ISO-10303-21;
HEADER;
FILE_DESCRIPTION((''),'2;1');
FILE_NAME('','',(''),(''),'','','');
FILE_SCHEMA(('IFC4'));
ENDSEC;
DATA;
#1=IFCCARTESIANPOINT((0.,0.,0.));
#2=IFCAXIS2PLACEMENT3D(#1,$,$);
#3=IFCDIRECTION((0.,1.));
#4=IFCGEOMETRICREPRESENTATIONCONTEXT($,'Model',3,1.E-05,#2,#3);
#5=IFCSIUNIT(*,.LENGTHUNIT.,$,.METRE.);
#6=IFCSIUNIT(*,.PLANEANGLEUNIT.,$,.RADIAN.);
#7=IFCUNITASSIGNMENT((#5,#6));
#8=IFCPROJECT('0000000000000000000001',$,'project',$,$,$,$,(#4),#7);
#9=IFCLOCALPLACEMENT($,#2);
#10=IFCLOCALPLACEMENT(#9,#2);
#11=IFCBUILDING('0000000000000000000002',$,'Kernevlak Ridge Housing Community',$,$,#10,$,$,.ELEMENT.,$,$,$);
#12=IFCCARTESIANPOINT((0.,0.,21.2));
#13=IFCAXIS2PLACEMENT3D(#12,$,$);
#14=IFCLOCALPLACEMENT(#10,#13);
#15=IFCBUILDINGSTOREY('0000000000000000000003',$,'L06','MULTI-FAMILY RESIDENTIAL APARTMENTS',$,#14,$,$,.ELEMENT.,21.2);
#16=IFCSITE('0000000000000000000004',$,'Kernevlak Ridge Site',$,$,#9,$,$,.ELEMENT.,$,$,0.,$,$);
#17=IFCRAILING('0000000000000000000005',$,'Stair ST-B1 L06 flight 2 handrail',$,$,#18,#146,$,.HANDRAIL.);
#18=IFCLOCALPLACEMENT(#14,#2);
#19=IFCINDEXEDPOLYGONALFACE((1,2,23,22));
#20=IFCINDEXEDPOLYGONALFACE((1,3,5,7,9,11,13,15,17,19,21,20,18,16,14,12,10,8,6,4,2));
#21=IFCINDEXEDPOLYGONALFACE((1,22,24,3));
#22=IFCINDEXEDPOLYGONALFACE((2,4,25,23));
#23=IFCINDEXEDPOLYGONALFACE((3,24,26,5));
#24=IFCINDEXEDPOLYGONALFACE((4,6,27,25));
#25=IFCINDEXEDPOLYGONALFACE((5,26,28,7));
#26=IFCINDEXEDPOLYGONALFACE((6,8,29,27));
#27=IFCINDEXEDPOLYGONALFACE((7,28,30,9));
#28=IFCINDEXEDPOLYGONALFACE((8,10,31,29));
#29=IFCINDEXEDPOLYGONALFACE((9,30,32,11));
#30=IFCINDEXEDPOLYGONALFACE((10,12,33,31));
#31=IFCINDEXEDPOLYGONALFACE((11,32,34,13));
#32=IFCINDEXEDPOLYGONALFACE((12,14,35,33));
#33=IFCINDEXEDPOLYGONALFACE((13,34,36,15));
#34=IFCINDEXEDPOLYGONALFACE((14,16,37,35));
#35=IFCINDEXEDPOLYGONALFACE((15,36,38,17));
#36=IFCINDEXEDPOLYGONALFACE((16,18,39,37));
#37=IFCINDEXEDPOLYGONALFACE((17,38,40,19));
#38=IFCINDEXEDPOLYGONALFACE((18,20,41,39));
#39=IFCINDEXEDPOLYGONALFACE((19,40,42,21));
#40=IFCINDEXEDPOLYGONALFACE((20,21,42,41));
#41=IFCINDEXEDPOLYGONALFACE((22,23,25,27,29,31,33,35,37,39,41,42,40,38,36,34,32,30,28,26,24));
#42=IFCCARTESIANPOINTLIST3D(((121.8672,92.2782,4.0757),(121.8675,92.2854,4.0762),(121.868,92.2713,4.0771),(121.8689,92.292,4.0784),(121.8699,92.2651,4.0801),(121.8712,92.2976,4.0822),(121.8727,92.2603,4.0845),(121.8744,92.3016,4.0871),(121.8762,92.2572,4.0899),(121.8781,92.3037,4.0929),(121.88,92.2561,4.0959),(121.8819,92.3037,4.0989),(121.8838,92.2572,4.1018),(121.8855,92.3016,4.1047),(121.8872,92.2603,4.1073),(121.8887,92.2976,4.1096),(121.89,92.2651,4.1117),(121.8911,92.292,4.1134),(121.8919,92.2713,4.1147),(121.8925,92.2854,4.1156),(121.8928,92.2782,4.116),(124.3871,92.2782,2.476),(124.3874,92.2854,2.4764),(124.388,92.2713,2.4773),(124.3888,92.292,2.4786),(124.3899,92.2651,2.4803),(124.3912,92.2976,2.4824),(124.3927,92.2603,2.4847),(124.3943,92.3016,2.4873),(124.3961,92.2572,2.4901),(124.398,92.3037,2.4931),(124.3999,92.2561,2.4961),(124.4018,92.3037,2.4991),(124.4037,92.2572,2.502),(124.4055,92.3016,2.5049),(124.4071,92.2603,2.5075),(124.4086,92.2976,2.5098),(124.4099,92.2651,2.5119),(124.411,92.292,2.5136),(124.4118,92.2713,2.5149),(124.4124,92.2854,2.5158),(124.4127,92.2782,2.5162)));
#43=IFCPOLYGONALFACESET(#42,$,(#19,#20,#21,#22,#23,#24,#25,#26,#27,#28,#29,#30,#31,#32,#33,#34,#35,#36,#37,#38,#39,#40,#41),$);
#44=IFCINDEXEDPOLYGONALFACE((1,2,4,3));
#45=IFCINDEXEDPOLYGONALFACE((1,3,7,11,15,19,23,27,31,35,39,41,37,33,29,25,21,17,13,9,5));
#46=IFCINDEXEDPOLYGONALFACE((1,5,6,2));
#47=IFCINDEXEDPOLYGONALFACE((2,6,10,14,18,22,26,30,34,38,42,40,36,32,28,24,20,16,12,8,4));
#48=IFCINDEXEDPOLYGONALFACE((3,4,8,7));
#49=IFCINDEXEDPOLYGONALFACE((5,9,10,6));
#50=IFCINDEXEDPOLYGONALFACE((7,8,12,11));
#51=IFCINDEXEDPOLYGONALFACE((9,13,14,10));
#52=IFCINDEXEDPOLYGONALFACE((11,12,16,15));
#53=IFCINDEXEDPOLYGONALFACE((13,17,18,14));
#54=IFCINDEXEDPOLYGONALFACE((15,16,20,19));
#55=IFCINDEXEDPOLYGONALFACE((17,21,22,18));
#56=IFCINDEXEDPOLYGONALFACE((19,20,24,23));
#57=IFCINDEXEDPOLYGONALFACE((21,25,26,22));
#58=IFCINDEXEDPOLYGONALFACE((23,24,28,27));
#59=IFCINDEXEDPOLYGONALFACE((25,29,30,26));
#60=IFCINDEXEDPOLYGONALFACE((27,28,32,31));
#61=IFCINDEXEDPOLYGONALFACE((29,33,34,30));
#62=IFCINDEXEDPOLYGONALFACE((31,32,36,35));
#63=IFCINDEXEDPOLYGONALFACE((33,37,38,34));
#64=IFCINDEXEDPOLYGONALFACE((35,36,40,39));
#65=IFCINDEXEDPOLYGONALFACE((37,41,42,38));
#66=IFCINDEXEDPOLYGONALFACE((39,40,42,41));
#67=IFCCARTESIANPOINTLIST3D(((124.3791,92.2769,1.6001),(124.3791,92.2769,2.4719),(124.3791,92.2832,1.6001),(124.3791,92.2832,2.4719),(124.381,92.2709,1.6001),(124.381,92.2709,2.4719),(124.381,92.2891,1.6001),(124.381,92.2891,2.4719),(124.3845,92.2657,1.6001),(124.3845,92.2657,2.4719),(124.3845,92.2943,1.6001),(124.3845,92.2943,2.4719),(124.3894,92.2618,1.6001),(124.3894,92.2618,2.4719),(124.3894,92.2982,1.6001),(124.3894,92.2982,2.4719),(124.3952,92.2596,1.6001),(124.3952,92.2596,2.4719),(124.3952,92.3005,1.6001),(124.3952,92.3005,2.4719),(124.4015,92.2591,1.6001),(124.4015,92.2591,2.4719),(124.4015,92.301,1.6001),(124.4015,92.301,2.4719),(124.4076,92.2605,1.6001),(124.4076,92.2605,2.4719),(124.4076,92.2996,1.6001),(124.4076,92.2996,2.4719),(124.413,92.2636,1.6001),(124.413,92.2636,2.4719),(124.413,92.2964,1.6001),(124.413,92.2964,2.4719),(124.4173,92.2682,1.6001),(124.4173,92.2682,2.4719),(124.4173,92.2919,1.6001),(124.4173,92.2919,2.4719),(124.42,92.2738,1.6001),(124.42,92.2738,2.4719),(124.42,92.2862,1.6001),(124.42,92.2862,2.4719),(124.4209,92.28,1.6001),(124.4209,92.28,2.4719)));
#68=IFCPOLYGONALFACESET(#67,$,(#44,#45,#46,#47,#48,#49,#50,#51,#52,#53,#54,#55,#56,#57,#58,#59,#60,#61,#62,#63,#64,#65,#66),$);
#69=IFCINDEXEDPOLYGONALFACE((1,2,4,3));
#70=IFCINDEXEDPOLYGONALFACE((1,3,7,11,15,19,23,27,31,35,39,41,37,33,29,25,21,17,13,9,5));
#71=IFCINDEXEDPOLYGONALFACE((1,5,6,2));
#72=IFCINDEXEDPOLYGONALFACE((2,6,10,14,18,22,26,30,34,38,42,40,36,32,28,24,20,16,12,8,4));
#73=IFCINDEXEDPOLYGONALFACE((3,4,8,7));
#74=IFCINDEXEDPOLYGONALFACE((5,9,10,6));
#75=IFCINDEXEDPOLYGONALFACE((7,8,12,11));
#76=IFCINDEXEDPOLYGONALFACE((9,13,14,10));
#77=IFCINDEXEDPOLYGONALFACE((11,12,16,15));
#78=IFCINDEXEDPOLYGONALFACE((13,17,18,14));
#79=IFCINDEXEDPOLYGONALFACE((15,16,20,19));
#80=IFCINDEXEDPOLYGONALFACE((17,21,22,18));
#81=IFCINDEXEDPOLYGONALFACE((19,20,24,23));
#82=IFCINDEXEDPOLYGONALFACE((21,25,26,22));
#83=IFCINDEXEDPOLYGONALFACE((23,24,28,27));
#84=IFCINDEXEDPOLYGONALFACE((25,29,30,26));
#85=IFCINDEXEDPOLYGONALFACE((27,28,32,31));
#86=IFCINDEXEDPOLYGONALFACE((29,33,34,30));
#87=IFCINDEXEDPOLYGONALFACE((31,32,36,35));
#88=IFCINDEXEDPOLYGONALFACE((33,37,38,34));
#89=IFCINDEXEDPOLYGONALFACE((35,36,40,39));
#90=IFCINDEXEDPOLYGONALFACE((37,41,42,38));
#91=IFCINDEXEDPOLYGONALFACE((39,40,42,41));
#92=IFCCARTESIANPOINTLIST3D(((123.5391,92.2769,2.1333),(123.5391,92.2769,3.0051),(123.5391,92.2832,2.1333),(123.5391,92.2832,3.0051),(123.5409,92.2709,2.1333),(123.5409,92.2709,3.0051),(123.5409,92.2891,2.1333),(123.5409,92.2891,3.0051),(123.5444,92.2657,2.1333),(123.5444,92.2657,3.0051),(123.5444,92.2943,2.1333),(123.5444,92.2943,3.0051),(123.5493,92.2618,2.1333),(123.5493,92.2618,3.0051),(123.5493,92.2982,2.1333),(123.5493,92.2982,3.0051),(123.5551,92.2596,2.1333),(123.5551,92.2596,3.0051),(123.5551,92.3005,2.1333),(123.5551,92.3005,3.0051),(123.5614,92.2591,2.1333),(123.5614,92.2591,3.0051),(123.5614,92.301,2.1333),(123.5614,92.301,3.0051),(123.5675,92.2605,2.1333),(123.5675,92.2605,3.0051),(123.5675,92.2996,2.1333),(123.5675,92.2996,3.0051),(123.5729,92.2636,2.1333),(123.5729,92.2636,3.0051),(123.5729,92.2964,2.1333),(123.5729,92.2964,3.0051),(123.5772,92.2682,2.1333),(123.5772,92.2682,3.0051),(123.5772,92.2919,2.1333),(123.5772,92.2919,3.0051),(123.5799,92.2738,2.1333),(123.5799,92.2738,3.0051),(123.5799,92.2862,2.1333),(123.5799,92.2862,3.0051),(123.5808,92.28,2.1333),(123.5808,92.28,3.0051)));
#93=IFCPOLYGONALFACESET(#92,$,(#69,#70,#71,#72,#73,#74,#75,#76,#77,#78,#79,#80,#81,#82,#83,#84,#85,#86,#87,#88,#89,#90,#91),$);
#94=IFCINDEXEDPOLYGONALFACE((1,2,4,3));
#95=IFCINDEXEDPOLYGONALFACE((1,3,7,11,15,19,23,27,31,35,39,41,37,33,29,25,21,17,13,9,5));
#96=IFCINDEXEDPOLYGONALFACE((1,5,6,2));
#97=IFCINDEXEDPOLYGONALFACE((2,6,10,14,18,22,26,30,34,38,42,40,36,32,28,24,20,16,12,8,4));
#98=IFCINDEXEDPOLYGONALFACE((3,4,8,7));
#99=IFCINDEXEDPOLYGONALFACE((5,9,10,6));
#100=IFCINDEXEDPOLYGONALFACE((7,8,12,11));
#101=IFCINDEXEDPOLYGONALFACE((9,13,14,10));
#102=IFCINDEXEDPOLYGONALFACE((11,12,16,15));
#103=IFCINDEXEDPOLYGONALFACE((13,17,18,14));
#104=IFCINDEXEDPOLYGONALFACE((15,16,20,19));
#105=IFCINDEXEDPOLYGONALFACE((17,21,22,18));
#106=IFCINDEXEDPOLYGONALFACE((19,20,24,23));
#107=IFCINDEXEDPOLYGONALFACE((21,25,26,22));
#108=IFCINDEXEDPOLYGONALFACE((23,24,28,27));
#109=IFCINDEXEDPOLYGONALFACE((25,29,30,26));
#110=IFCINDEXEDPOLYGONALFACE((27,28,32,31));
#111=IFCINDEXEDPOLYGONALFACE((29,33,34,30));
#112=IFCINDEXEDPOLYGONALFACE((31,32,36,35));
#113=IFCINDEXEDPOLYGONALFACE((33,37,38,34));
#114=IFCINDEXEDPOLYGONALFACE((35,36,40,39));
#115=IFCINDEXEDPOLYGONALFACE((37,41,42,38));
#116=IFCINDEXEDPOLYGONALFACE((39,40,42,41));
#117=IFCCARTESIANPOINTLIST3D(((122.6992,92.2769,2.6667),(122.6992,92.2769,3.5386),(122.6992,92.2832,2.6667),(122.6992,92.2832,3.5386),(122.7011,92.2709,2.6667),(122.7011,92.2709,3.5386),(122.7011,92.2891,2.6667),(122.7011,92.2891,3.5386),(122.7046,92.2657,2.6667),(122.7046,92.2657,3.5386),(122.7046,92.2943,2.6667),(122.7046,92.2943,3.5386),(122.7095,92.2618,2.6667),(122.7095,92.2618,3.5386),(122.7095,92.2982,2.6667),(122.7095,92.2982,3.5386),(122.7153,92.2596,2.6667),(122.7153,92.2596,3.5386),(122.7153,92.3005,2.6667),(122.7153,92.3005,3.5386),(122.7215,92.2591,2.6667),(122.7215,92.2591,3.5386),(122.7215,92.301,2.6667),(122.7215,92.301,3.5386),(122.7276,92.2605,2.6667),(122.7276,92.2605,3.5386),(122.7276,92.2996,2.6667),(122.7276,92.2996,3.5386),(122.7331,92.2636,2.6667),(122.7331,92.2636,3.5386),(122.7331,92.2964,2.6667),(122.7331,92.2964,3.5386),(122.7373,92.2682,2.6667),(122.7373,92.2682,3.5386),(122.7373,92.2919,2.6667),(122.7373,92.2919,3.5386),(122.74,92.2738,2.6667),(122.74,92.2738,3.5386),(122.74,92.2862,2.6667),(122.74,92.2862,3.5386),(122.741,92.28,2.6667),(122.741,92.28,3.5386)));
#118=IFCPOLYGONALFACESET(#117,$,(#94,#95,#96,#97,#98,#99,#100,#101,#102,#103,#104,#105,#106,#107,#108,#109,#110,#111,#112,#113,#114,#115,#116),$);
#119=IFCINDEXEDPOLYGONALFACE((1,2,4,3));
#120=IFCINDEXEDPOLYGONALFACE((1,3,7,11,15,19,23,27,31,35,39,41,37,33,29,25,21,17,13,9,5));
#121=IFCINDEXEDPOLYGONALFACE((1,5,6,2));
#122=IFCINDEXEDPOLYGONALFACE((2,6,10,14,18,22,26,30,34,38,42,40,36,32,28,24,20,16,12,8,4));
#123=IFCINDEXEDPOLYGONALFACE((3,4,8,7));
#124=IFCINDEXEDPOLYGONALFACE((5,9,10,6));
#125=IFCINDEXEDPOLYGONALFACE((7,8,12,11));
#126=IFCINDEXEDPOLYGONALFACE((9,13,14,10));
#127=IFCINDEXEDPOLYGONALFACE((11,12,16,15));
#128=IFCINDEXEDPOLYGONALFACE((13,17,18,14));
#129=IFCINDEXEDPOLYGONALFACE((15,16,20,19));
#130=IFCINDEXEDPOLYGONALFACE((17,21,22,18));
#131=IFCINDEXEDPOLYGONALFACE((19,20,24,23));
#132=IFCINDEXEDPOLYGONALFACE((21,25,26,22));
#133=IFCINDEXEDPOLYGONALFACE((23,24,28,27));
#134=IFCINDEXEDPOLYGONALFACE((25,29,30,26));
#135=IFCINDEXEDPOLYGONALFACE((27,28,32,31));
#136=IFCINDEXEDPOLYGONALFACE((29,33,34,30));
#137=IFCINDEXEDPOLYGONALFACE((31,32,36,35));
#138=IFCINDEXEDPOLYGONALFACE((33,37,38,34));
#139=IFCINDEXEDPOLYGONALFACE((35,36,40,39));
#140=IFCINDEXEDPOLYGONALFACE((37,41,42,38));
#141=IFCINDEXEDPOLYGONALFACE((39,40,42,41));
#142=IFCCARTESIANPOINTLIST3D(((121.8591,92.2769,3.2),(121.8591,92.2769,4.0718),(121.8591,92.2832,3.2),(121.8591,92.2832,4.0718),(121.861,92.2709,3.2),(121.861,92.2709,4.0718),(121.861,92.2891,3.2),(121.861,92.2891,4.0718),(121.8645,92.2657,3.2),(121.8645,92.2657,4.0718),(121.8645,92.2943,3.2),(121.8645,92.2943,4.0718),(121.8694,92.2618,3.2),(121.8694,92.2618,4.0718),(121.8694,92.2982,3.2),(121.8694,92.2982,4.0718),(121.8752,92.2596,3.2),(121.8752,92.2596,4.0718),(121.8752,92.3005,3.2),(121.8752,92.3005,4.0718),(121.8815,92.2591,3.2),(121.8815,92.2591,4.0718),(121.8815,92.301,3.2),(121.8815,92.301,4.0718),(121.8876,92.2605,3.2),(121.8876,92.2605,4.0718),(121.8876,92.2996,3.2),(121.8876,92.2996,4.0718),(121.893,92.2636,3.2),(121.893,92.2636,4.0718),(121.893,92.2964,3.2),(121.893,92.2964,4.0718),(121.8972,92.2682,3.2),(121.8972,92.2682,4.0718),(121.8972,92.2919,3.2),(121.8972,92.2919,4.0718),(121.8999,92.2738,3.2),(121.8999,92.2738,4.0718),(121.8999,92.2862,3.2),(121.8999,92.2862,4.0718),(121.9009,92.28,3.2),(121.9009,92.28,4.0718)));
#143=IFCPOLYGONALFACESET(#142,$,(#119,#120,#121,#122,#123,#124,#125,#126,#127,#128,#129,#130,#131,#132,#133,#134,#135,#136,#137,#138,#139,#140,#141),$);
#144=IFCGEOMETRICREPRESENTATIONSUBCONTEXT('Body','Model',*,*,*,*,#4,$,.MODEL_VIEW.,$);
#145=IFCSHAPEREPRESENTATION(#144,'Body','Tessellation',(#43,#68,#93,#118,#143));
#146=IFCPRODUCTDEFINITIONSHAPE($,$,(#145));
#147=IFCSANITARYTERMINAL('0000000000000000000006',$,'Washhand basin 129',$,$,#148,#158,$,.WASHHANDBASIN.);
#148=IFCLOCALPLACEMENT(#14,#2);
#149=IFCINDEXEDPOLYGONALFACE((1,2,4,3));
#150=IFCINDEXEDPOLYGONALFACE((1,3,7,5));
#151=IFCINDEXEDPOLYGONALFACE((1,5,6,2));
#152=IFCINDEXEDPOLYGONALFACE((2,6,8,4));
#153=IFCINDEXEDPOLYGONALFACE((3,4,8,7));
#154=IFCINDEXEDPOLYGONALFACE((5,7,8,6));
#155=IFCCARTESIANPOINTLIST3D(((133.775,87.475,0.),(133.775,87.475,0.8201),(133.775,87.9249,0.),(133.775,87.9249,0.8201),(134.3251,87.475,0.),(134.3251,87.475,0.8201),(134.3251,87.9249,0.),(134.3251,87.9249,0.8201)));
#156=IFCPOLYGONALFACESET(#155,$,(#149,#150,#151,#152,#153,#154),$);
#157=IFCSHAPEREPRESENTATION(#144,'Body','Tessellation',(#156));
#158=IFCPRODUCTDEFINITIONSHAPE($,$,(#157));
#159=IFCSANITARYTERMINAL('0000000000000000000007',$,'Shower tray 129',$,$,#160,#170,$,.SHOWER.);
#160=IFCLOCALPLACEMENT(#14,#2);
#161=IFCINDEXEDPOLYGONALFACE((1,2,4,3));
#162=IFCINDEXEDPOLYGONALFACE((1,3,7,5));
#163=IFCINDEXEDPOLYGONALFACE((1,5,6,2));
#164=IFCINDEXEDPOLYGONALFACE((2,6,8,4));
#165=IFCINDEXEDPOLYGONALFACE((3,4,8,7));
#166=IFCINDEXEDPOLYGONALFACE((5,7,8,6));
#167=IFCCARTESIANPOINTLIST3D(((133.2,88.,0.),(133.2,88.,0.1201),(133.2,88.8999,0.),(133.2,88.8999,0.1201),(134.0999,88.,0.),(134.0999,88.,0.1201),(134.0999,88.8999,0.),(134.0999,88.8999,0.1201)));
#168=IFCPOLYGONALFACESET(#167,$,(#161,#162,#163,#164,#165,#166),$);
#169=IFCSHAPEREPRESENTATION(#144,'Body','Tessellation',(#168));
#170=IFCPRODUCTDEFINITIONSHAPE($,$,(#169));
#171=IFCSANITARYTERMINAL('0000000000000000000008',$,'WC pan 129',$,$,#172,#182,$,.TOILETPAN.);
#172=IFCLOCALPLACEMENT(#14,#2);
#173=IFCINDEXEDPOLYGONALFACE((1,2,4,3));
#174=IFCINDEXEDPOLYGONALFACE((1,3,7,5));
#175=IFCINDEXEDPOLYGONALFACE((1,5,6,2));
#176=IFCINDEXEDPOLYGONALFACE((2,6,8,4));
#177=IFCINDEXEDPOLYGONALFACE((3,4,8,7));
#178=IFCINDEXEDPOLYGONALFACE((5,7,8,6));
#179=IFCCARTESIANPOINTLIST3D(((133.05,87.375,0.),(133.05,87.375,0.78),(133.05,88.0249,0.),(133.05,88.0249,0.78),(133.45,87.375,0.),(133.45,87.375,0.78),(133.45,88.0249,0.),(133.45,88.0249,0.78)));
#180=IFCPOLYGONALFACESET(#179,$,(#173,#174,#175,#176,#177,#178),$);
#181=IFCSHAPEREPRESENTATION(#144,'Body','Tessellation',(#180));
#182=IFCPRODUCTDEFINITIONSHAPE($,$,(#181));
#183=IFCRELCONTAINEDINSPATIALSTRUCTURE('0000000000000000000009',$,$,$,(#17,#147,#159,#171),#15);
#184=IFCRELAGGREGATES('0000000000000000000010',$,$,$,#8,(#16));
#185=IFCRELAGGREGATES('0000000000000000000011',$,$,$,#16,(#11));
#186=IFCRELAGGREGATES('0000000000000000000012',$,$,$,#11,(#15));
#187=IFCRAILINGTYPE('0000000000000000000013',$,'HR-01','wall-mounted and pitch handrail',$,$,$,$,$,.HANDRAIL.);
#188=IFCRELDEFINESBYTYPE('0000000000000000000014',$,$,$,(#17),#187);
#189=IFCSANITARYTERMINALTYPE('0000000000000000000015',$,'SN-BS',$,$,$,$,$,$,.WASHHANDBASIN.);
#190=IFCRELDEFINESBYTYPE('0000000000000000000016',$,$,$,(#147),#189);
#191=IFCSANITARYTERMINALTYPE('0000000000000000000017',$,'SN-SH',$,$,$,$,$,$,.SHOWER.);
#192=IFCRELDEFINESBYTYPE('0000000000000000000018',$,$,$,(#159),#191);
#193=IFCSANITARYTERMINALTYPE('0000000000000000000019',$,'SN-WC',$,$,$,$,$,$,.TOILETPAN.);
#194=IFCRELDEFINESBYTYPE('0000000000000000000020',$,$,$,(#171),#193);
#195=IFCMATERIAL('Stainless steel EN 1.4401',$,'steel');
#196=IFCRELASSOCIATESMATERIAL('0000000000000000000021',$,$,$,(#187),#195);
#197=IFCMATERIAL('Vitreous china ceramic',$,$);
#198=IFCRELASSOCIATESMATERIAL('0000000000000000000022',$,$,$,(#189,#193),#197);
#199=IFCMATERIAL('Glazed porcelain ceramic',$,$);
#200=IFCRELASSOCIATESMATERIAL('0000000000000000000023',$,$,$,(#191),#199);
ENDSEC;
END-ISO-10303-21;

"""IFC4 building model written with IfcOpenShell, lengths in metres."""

from ifc_helpers import new_model, si_unit, direction, frame, origin, origin_2d, place, context, subcontext, project, spatial, rectangle, circle, extrude, material, type_object, element, save


model = new_model("IFC4")

# Units and contexts
model_context = context("Model", 3, precision=1e-05, world=origin(), true_north=direction((0.0, 1.0)))
body_context = subcontext(model_context, "Body", "Model", "MODEL_VIEW")
ifc_project = project(units=[si_unit("LENGTHUNIT", "METRE"), si_unit("PLANEANGLEUNIT", "RADIAN")], contexts=[model_context])

# Site, building, storey
site_placement = place(None, origin())
site = spatial("IfcSite", under=ifc_project, at=site_placement, Name="Kernevlak Ridge Site", CompositionType="ELEMENT", RefElevation=0.0)
building_placement = place(site_placement, origin())
building = spatial("IfcBuilding", under=site, at=building_placement, Name="Kernevlak Ridge Housing Community", CompositionType="ELEMENT")
storey_placement = place(building_placement, frame((0.0, 0.0, 21.2)))
storey = spatial("IfcBuildingStorey", under=building, at=storey_placement, Name="L06", Description="MULTI-FAMILY RESIDENTIAL APARTMENTS", CompositionType="ELEMENT", Elevation=21.2)

# Shared definitions
ifc_material_1 = material(Name="Stainless steel EN 1.4401", Category="steel")

# Railing
railing_type_1 = type_object("IfcRailingType", Name="HR-01", Description="wall-mounted and pitch handrail", PredefinedType="HANDRAIL", material=ifc_material_1)
railing_1_placement = place(storey_placement, frame((124.3999, 92.28, 1.6001)))
element("IfcRailing", 1, at=railing_1_placement, inside=storey, type_object=railing_type_1, Name="Stair ST-B1 L06 flight 2 handrail", PredefinedType="HANDRAIL", context=body_context, shape_type="SweptSolid", body=[
    extrude(circle(Radius=0.0239, at=origin_2d()), frame((0.0, 0.0, 0.896), z_axis=(-0.844237, 0.0, 0.53597), x_axis=(0.0, -1.0, 0.0)), (0.0, 0.0, 1.0), 2.9849),
    extrude(circle(Radius=0.021, at=origin_2d()), origin(), (0.0, 0.0, 1.0), 0.8718),
    extrude(circle(Radius=0.021, at=origin_2d()), frame((-0.8401, 0.0, 0.5332)), (0.0, 0.0, 1.0), 0.8718),
    extrude(circle(Radius=0.021, at=origin_2d()), frame((-1.6799, 0.0, 1.0667)), (0.0, 0.0, 1.0), 0.8718),
    extrude(circle(Radius=0.021, at=origin_2d()), frame((-2.52, 0.0, 1.5999)), (0.0, 0.0, 1.0), 0.8718),
])

# Sanitary terminals
ifc_material_2 = material(Name="Vitreous china ceramic")
sanitary_terminal_type_1 = type_object("IfcSanitaryTerminalType", Name="SN-BS", PredefinedType="WASHHANDBASIN", material=ifc_material_2)
sanitary_terminal_1_placement = place(storey_placement, frame((134.05, 87.7, 0.0), z_axis=(0.0, 0.0, 1.0), x_axis=(1.0, 0.0, 0.0)))
element("IfcSanitaryTerminal", 2, at=sanitary_terminal_1_placement, inside=storey, type_object=sanitary_terminal_type_1, Name="Washhand basin 129", PredefinedType="WASHHANDBASIN", context=body_context, shape_type="SweptSolid", body=[
    extrude(rectangle(XDim=0.55, YDim=0.45, at=origin_2d()), origin(), (0.0, 0.0, 1.0), 0.8201),
])
ifc_material_3 = material(Name="Glazed porcelain ceramic")
sanitary_terminal_type_2 = type_object("IfcSanitaryTerminalType", Name="SN-SH", PredefinedType="SHOWER", material=ifc_material_3)
sanitary_terminal_2_placement = place(storey_placement, frame((133.6499, 88.45, 0.0), z_axis=(0.0, 0.0, 1.0), x_axis=(1.0, 0.0, 0.0)))
element("IfcSanitaryTerminal", 3, at=sanitary_terminal_2_placement, inside=storey, type_object=sanitary_terminal_type_2, Name="Shower tray 129", PredefinedType="SHOWER", context=body_context, shape_type="SweptSolid", body=[
    extrude(rectangle(XDim=0.8999, YDim=0.8999, at=origin_2d()), origin(), (0.0, 0.0, 1.0), 0.1201),
])
sanitary_terminal_type_3 = type_object("IfcSanitaryTerminalType", Name="SN-WC", PredefinedType="TOILETPAN", material=ifc_material_2)
sanitary_terminal_3_placement = place(storey_placement, frame((133.25, 87.7, 0.0), z_axis=(0.0, 0.0, 1.0), x_axis=(1.0, 0.0, 0.0)))
element("IfcSanitaryTerminal", 4, at=sanitary_terminal_3_placement, inside=storey, type_object=sanitary_terminal_type_3, Name="WC pan 129", PredefinedType="TOILETPAN", context=body_context, shape_type="SweptSolid", body=[
    extrude(rectangle(XDim=0.3999, YDim=0.6499, at=origin_2d()), origin(), (0.0, 0.0, 1.0), 0.78),
])

save(model, "model.ifc")
